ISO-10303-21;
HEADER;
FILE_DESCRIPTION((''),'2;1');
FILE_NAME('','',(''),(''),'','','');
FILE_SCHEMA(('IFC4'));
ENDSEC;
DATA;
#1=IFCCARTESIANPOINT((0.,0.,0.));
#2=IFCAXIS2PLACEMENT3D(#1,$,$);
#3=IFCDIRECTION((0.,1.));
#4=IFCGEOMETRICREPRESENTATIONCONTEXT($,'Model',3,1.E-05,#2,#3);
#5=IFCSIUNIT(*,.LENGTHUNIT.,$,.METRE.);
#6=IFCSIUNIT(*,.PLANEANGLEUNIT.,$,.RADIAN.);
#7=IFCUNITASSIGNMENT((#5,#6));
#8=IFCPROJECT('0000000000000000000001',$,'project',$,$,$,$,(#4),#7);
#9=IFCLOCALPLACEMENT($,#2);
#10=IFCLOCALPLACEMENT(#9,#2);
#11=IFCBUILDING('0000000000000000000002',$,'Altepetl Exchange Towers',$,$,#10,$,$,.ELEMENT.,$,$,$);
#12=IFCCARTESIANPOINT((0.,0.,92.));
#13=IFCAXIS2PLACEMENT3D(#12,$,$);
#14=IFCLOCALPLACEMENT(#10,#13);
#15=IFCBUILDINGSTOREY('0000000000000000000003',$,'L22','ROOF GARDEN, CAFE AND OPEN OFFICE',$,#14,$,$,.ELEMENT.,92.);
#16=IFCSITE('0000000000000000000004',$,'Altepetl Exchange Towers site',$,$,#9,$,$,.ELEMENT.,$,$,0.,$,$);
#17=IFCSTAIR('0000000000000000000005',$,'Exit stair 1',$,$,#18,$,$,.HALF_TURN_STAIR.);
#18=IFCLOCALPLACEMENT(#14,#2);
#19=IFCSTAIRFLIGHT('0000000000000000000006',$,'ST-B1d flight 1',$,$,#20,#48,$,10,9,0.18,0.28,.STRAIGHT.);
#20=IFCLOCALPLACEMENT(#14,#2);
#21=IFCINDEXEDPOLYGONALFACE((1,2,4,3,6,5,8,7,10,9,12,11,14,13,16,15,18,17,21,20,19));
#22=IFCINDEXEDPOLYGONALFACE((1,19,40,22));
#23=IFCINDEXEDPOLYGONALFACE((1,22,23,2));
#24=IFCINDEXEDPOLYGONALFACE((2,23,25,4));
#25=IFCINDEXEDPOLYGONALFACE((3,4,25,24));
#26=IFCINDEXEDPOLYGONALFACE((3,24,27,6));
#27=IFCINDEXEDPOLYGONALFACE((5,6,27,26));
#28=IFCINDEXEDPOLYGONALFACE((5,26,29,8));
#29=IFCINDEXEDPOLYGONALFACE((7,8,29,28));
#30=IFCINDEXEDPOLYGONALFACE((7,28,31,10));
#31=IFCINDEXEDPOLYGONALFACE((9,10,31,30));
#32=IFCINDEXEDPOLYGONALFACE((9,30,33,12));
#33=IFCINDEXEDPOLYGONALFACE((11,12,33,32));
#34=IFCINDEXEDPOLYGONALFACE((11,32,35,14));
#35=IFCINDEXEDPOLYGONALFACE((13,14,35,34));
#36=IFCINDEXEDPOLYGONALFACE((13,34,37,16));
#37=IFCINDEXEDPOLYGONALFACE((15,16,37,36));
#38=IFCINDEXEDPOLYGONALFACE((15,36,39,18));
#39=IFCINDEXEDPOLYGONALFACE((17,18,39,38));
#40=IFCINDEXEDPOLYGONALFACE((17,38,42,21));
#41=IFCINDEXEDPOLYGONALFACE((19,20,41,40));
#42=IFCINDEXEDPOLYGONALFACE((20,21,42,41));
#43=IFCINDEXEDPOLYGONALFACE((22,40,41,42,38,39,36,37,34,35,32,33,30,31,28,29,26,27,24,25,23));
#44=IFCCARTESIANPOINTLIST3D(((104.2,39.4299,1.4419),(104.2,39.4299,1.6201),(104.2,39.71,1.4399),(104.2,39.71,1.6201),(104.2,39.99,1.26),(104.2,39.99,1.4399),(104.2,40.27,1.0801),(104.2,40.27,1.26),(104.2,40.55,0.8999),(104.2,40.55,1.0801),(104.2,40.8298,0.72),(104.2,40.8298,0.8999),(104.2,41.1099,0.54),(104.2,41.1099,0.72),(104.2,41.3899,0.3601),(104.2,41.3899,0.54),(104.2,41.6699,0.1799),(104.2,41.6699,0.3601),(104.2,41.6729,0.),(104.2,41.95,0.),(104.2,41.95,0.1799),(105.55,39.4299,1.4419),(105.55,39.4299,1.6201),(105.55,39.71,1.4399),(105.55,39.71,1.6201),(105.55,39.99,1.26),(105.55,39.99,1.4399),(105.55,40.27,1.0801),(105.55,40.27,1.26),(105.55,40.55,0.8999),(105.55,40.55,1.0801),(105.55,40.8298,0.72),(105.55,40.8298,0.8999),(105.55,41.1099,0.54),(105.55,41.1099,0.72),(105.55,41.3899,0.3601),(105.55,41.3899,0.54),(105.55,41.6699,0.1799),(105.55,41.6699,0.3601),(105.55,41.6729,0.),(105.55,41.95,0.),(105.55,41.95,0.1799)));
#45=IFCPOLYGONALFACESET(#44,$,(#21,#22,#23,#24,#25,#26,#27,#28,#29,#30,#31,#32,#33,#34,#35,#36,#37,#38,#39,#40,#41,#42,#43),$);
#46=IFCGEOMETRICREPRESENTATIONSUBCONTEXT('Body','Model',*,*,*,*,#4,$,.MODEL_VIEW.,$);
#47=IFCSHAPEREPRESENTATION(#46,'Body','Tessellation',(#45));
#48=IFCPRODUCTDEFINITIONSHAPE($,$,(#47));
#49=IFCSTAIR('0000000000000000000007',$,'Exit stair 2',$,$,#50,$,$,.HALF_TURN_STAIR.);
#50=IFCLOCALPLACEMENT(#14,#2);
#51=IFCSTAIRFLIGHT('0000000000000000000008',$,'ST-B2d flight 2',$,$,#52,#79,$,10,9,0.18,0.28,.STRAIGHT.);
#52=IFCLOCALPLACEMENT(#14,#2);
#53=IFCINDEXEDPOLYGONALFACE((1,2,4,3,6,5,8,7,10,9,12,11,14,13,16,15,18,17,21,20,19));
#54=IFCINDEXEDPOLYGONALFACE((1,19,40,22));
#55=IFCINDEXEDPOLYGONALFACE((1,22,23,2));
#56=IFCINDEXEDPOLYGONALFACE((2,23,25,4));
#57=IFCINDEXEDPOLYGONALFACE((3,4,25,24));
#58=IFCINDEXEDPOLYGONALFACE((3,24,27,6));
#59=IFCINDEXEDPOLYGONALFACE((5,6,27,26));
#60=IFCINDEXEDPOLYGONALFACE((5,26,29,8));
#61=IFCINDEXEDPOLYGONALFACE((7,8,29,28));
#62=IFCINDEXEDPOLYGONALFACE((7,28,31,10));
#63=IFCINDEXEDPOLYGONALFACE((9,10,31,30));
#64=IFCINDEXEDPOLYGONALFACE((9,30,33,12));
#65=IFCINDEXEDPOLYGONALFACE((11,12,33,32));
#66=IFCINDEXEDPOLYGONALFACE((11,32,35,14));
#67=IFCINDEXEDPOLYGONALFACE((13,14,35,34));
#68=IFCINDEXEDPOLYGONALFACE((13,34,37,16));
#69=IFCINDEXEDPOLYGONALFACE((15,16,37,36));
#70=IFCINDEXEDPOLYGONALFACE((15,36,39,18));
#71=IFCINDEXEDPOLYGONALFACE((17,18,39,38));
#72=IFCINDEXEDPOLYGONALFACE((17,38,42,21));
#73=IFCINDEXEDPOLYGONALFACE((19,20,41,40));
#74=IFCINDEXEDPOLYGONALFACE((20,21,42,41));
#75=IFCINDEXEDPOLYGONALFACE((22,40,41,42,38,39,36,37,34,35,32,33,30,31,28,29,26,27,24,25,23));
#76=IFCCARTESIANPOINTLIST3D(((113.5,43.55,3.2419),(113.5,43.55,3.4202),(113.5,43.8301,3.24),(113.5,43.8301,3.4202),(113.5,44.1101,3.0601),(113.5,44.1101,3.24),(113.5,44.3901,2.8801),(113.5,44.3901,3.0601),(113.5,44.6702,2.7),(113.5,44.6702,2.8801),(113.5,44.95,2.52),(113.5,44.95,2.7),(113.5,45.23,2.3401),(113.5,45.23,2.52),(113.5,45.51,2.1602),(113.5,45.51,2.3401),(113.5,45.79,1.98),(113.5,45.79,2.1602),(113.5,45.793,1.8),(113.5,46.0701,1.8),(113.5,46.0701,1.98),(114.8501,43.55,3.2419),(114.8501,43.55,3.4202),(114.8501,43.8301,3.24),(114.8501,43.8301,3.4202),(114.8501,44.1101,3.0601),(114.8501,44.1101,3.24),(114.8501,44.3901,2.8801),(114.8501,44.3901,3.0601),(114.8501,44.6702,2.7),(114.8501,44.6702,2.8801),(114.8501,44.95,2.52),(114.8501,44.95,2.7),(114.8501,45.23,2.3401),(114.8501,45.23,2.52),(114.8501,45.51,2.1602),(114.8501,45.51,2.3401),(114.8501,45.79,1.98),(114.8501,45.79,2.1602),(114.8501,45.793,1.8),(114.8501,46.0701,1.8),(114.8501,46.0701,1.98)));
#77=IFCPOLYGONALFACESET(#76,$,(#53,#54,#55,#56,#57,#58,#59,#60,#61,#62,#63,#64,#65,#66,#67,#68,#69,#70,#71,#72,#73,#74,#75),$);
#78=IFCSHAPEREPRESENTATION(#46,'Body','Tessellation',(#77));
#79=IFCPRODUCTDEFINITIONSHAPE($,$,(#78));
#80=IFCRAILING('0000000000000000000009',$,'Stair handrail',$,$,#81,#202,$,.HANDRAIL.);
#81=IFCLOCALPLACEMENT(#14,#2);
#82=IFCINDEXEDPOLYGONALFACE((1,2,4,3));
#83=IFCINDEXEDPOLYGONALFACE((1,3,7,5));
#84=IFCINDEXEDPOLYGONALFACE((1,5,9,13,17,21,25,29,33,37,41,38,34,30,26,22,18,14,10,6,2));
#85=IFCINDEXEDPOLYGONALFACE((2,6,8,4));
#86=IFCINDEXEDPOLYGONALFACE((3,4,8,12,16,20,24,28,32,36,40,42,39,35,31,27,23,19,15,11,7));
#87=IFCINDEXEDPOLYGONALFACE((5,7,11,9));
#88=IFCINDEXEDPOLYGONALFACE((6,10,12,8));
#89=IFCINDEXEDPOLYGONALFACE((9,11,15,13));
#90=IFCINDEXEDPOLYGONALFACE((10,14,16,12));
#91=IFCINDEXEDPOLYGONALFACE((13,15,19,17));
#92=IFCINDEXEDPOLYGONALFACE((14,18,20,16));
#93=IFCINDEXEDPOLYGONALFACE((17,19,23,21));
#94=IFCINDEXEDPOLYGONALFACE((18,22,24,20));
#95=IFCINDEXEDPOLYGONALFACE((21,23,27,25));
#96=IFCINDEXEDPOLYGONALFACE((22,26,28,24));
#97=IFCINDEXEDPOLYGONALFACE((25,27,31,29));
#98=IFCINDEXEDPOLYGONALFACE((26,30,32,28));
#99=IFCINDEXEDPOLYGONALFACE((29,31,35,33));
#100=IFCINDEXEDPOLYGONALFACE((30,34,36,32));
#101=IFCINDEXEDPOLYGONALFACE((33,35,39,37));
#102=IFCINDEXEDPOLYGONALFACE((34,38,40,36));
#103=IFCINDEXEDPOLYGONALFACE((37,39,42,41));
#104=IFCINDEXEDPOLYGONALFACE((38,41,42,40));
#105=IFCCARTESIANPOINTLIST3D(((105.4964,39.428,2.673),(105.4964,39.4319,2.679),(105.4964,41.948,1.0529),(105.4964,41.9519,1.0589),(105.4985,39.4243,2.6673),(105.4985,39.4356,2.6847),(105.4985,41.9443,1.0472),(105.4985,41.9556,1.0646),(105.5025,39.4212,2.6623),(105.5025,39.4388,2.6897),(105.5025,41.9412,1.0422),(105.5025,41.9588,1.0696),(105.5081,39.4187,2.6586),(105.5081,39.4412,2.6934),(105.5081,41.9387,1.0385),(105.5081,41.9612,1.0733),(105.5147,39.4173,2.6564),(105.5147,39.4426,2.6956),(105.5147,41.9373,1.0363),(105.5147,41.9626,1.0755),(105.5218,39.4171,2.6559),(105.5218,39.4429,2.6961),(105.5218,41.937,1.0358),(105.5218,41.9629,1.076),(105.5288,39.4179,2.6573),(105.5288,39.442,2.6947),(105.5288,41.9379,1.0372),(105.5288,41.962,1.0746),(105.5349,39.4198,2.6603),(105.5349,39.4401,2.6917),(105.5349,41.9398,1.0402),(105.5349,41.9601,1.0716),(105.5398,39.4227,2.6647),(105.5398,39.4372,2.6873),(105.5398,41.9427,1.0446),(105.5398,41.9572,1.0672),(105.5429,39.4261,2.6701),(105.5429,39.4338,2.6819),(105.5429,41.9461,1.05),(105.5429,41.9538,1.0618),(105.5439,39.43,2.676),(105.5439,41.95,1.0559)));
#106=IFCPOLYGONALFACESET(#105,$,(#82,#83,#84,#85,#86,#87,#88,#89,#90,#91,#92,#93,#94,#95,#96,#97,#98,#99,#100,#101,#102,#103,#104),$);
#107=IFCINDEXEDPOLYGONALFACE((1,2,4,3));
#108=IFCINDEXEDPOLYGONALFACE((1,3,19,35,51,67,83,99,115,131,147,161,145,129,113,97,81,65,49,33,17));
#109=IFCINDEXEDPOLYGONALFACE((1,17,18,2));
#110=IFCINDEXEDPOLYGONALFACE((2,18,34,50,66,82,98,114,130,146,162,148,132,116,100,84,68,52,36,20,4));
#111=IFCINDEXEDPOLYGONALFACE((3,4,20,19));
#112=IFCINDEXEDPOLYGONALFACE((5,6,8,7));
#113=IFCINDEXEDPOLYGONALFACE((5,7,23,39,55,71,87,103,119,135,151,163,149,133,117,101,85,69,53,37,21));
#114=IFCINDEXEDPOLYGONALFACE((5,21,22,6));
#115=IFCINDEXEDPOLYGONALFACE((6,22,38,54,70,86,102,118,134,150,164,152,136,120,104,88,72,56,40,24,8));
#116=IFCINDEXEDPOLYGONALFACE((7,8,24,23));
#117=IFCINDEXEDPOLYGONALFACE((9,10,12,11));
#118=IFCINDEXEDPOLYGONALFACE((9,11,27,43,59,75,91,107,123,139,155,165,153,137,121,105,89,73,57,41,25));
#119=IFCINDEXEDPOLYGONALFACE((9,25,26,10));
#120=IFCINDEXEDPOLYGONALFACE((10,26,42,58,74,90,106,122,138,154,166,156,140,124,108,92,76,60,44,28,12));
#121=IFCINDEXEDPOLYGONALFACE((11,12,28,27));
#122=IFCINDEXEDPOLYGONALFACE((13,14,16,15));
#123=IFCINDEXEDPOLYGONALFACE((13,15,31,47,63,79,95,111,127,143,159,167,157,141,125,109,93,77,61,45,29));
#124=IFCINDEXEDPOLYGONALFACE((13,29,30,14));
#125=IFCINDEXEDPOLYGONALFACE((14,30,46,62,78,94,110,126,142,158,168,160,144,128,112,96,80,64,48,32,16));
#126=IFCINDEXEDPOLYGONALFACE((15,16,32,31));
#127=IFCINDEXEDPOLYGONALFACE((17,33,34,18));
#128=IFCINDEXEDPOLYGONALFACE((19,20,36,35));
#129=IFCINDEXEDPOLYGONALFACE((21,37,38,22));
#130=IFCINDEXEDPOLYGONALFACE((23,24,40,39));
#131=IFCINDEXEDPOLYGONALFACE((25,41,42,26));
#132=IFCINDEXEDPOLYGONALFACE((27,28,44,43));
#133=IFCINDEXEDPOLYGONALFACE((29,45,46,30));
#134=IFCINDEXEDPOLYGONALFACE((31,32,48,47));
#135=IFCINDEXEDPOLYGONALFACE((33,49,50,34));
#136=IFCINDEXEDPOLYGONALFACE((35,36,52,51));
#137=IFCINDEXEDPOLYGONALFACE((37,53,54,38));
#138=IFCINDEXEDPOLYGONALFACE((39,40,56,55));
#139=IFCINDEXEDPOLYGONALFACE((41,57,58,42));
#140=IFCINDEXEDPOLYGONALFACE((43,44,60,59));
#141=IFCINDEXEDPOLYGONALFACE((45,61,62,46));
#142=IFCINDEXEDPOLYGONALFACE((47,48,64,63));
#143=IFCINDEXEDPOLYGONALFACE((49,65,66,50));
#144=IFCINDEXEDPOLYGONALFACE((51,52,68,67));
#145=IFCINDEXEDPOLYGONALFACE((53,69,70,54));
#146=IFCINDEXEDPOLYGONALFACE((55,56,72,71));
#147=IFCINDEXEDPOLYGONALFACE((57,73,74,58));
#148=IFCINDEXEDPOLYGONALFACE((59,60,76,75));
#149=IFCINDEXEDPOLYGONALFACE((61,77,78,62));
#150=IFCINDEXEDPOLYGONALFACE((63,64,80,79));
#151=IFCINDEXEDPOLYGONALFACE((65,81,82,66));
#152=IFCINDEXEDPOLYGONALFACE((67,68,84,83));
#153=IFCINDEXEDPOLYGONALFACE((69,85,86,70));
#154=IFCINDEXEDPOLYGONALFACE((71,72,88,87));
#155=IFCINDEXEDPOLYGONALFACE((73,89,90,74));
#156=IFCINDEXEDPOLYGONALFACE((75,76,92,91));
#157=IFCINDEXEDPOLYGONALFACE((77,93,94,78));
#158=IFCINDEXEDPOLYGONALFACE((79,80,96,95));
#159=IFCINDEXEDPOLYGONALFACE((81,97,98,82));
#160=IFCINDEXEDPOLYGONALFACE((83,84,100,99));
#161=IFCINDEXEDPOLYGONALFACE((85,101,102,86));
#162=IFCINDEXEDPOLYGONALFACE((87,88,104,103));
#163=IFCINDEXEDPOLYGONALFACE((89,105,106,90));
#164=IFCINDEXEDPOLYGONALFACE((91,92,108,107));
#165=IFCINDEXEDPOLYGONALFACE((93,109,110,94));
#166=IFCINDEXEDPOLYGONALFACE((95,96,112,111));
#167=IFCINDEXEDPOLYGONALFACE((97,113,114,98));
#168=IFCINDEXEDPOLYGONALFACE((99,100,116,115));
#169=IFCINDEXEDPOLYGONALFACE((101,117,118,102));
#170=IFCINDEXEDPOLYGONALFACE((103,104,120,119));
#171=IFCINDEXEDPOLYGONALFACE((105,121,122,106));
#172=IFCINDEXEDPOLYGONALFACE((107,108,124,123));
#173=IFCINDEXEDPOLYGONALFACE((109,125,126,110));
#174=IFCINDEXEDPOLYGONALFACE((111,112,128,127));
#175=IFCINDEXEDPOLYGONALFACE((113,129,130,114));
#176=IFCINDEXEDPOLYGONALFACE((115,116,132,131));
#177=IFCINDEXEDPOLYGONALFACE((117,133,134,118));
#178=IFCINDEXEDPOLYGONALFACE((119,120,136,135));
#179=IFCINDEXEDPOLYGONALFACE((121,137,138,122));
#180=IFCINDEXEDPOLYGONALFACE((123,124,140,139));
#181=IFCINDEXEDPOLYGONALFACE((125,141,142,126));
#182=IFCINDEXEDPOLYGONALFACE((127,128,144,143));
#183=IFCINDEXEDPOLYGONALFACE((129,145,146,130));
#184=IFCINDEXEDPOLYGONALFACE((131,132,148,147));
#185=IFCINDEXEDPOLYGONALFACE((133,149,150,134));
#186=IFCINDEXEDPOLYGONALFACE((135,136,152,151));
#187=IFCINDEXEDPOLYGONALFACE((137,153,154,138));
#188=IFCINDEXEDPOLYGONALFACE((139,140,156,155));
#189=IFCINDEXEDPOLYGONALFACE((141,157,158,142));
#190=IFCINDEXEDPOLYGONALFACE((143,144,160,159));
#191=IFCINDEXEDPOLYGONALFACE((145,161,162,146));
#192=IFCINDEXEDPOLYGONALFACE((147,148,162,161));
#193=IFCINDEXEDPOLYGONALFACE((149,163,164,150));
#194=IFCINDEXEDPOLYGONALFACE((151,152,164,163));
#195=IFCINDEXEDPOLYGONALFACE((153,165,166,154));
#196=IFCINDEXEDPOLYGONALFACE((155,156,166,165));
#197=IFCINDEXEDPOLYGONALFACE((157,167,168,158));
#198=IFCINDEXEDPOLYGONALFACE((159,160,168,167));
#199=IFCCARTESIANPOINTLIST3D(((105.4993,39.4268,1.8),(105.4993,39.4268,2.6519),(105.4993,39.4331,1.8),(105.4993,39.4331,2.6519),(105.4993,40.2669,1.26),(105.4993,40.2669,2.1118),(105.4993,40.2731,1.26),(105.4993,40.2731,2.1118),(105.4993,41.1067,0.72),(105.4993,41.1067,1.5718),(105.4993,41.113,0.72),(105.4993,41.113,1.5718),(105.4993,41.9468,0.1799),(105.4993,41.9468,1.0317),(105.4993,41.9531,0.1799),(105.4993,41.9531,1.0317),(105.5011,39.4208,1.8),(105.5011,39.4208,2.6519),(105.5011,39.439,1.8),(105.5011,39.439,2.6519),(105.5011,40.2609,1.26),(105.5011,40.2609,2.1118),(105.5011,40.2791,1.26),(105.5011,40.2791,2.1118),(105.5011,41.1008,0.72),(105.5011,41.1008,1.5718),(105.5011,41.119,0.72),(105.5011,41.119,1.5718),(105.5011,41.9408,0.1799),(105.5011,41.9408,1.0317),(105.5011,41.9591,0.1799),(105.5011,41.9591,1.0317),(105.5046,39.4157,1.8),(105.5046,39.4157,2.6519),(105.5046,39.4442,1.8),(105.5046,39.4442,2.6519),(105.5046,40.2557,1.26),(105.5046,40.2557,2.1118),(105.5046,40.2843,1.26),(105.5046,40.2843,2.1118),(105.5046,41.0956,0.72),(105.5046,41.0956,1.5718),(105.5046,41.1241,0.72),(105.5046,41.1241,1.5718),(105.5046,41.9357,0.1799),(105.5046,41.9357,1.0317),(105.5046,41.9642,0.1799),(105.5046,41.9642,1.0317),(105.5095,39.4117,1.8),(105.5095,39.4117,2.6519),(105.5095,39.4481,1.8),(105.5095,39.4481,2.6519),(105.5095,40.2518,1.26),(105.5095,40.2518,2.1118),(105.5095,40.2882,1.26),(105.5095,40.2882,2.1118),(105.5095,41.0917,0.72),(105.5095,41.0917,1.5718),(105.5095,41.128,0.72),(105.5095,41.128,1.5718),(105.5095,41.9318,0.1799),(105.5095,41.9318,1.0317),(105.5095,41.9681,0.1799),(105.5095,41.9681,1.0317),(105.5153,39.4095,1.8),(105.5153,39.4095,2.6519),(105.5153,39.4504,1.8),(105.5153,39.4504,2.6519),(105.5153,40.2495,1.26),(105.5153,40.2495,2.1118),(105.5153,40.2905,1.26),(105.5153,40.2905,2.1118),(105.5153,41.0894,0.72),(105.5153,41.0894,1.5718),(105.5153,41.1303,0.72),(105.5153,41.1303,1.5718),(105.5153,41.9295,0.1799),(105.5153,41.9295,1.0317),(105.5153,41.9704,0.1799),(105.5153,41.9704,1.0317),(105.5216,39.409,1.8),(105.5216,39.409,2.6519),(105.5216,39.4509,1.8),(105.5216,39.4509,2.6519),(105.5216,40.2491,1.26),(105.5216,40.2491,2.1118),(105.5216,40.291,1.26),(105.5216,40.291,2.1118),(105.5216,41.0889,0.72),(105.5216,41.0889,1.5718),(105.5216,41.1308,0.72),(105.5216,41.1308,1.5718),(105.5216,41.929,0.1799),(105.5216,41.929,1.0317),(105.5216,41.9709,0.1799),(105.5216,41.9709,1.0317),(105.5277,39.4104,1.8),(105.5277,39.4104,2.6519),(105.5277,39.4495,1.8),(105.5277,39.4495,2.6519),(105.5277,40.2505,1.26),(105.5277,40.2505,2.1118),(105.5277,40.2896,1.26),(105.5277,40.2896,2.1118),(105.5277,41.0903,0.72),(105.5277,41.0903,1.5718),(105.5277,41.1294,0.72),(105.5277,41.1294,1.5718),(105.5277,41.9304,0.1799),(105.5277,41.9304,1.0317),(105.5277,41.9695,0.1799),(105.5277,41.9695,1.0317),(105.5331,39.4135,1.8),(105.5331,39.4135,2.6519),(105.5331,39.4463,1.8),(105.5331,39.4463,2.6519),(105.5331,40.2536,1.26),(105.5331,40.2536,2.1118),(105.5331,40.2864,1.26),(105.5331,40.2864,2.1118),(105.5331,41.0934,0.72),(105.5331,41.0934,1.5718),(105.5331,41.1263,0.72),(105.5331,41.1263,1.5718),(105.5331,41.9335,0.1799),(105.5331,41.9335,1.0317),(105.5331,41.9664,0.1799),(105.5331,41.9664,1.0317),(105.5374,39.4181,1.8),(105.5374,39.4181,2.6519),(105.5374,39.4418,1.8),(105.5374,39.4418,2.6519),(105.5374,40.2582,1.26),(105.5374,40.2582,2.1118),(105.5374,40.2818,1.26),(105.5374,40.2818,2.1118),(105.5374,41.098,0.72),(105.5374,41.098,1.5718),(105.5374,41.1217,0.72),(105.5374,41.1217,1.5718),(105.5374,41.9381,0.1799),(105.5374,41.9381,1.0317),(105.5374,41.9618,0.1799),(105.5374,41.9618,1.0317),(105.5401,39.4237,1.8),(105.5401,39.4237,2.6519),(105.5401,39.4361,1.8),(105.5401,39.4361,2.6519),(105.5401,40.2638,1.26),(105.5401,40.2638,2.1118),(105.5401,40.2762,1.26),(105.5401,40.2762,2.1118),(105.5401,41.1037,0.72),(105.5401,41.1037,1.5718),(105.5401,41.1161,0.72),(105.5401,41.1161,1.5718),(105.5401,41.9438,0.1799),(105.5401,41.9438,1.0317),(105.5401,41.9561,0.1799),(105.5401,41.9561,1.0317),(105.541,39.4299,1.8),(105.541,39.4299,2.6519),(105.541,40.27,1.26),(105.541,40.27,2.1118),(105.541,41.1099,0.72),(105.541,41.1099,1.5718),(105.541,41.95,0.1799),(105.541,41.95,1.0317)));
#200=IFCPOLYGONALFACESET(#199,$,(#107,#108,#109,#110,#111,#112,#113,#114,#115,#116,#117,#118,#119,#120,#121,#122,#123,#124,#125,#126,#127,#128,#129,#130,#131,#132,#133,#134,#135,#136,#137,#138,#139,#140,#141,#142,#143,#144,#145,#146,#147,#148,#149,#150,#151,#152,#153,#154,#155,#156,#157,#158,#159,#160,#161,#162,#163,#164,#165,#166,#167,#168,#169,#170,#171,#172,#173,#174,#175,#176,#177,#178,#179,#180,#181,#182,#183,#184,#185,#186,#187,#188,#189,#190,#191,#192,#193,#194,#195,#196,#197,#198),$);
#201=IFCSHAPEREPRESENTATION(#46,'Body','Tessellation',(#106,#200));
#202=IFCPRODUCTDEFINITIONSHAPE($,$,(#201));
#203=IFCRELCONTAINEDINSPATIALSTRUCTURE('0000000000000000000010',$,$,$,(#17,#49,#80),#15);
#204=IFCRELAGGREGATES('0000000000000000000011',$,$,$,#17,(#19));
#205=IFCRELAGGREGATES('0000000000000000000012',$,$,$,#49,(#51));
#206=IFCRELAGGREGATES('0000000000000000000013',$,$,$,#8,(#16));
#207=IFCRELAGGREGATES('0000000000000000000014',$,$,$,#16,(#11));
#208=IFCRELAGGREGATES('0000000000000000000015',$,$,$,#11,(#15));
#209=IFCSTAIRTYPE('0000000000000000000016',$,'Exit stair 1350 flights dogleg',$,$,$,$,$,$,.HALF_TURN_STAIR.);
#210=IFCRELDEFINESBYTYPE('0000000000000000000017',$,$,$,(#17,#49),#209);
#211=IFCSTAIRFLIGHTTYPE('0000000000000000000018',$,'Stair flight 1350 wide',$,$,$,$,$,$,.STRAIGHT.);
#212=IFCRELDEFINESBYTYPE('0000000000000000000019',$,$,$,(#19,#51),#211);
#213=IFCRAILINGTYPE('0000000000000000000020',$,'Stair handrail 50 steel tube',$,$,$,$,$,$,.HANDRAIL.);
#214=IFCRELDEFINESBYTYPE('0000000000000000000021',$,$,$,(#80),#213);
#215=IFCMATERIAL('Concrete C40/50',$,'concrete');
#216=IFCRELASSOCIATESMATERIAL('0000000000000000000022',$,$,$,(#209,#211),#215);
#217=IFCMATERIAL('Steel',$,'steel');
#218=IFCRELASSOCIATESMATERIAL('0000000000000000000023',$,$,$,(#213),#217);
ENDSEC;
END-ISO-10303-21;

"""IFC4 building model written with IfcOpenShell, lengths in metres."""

from ifc_helpers import new_model, si_unit, direction, frame, origin, origin_2d, place, context, subcontext, project, spatial, polyline, circle, outline, extrude, source, transform, mapped, material, type_object, element, aggregate, save


model = new_model("IFC4")

# Units and contexts
model_context = context("Model", 3, precision=1e-05, world=origin(), true_north=direction((0.0, 1.0)))
body_context = subcontext(model_context, "Body", "Model", "MODEL_VIEW")
ifc_project = project(units=[si_unit("LENGTHUNIT", "METRE"), si_unit("PLANEANGLEUNIT", "RADIAN")], contexts=[model_context])

# Site, building, storey
site_placement = place(None, origin())
site = spatial("IfcSite", under=ifc_project, at=site_placement, Name="Altepetl Exchange Towers site", CompositionType="ELEMENT", RefElevation=0.0)
building_placement = place(site_placement, origin())
building = spatial("IfcBuilding", under=site, at=building_placement, Name="Altepetl Exchange Towers", CompositionType="ELEMENT")
storey_placement = place(building_placement, frame((0.0, 0.0, 92.0)))
storey = spatial("IfcBuildingStorey", under=building, at=storey_placement, Name="L22", Description="ROOF GARDEN, CAFE AND OPEN OFFICE", CompositionType="ELEMENT", Elevation=92.0)

# Shared definitions
ifc_material_1 = material(Name="Concrete C40/50", Category="concrete")

# Stairs, stair flights
stair_type = type_object("IfcStairType", Name="Exit stair 1350 flights dogleg", PredefinedType="HALF_TURN_STAIR", material=ifc_material_1)
stair_1_placement = place(storey_placement, origin())
stair_1 = element("IfcStair", 1, at=stair_1_placement, inside=storey, type_object=stair_type, Name="Exit stair 1", PredefinedType="HALF_TURN_STAIR")
stair_flight_type = type_object("IfcStairFlightType", Name="Stair flight 1350 wide", PredefinedType="STRAIGHT", material=ifc_material_1)
stair_flight_1_placement = place(storey_placement, frame((104.875, 41.95, 0.0), z_axis=(0.0, 0.0, 1.0), x_axis=(0.0, -1.0, 0.0)))
stair_flight_1 = element("IfcStairFlight", 2, at=stair_flight_1_placement, type_object=stair_flight_type, Name="ST-B1d flight 1", NumberOfRisers=10, NumberOfTreads=9, PredefinedType="STRAIGHT", RiserHeight=0.18, TreadLength=0.28, context=body_context, shape_type="SweptSolid", body=[
    extrude(outline(polyline([(0.0, 0.0), (0.0, 0.1799), (0.28, 0.1799), (0.28, 0.3601), (0.5601, 0.3601), (0.5601, 0.54), (0.8401, 0.54), (0.8401, 0.72), (1.1201, 0.72), (1.1201, 0.8999), (1.3999, 0.8999), (1.3999, 1.0801), (1.6799, 1.0801), (1.6799, 1.26), (1.96, 1.26), (1.96, 1.4399), (2.24, 1.4399), (2.24, 1.6201), (2.52, 1.6201), (2.52, 1.8), (2.52, 1.4419), (0.2771, 0.0), (0.0, 0.0)])), frame((0.0, 0.675, 0.0), z_axis=(0.0, -1.0, 0.0), x_axis=(1.0, 0.0, 0.0)), (0.0, 0.0, 1.0), 1.3501),
])
aggregate(stair_1, [stair_flight_1])
stair_2_placement = place(storey_placement, origin())
stair_2 = element("IfcStair", 3, at=stair_2_placement, inside=storey, type_object=stair_type, Name="Exit stair 2", PredefinedType="HALF_TURN_STAIR")
stair_flight_2_placement = place(storey_placement, frame((114.175, 46.0701, 1.8), z_axis=(0.0, 0.0, 1.0), x_axis=(0.0, -1.0, 0.0)))
stair_flight_2 = element("IfcStairFlight", 4, at=stair_flight_2_placement, type_object=stair_flight_type, Name="ST-B2d flight 2", NumberOfRisers=10, NumberOfTreads=9, PredefinedType="STRAIGHT", RiserHeight=0.18, TreadLength=0.28, context=body_context, shape_type="SweptSolid", body=[
    extrude(outline(polyline([(0.0, 0.0), (0.0, 0.1799), (0.28, 0.1799), (0.28, 0.3601), (0.5601, 0.3601), (0.5601, 0.54), (0.8401, 0.54), (0.8401, 0.72), (1.1201, 0.72), (1.1201, 0.8999), (1.3999, 0.8999), (1.3999, 1.0801), (1.6799, 1.0801), (1.6799, 1.26), (1.96, 1.26), (1.96, 1.4399), (2.24, 1.4399), (2.24, 1.6201), (2.52, 1.6201), (2.52, 1.8), (2.52, 1.4419), (0.2771, 0.0), (0.0, 0.0)])), frame((0.0, 0.675, 0.0), z_axis=(0.0, -1.0, 0.0), x_axis=(1.0, 0.0, 0.0)), (0.0, 0.0, 1.0), 1.3501),
])
aggregate(stair_2, [stair_flight_2])

# Railing
ifc_material_2 = material(Name="Steel", Category="steel")
railing_type = type_object("IfcRailingType", Name="Stair handrail 50 steel tube", PredefinedType="HANDRAIL", material=ifc_material_2)
shared_shape = source(origin(), body_context, "Body", "SweptSolid", [
    extrude(circle(Radius=0.021, at=origin_2d()), origin(), (0.0, 0.0, 1.0), 0.8518),
])
railing_1_placement = place(storey_placement, frame((105.52, 41.95, 0.1799)))
element("IfcRailing", 5, at=railing_1_placement, inside=storey, type_object=railing_type, Name="Stair handrail", PredefinedType="HANDRAIL", context=body_context, shape_type="SweptSolid", body=[
    extrude(circle(Radius=0.0239, at=origin_2d()), frame((0.0, 0.0, 0.876), z_axis=(0.0, -0.841163, 0.540782), x_axis=(1.0, 0.0, 0.0)), (0.0, 0.0, 1.0), 2.9958),
    mapped(shared_shape, transform((0.0, 0.0, 0.0))),
    mapped(shared_shape, transform((0.0, -0.8401, 0.54))),
    mapped(shared_shape, transform((0.0, -1.6799, 1.0801))),
    mapped(shared_shape, transform((0.0, -2.52, 1.6201))),
])

save(model, "model.ifc")
